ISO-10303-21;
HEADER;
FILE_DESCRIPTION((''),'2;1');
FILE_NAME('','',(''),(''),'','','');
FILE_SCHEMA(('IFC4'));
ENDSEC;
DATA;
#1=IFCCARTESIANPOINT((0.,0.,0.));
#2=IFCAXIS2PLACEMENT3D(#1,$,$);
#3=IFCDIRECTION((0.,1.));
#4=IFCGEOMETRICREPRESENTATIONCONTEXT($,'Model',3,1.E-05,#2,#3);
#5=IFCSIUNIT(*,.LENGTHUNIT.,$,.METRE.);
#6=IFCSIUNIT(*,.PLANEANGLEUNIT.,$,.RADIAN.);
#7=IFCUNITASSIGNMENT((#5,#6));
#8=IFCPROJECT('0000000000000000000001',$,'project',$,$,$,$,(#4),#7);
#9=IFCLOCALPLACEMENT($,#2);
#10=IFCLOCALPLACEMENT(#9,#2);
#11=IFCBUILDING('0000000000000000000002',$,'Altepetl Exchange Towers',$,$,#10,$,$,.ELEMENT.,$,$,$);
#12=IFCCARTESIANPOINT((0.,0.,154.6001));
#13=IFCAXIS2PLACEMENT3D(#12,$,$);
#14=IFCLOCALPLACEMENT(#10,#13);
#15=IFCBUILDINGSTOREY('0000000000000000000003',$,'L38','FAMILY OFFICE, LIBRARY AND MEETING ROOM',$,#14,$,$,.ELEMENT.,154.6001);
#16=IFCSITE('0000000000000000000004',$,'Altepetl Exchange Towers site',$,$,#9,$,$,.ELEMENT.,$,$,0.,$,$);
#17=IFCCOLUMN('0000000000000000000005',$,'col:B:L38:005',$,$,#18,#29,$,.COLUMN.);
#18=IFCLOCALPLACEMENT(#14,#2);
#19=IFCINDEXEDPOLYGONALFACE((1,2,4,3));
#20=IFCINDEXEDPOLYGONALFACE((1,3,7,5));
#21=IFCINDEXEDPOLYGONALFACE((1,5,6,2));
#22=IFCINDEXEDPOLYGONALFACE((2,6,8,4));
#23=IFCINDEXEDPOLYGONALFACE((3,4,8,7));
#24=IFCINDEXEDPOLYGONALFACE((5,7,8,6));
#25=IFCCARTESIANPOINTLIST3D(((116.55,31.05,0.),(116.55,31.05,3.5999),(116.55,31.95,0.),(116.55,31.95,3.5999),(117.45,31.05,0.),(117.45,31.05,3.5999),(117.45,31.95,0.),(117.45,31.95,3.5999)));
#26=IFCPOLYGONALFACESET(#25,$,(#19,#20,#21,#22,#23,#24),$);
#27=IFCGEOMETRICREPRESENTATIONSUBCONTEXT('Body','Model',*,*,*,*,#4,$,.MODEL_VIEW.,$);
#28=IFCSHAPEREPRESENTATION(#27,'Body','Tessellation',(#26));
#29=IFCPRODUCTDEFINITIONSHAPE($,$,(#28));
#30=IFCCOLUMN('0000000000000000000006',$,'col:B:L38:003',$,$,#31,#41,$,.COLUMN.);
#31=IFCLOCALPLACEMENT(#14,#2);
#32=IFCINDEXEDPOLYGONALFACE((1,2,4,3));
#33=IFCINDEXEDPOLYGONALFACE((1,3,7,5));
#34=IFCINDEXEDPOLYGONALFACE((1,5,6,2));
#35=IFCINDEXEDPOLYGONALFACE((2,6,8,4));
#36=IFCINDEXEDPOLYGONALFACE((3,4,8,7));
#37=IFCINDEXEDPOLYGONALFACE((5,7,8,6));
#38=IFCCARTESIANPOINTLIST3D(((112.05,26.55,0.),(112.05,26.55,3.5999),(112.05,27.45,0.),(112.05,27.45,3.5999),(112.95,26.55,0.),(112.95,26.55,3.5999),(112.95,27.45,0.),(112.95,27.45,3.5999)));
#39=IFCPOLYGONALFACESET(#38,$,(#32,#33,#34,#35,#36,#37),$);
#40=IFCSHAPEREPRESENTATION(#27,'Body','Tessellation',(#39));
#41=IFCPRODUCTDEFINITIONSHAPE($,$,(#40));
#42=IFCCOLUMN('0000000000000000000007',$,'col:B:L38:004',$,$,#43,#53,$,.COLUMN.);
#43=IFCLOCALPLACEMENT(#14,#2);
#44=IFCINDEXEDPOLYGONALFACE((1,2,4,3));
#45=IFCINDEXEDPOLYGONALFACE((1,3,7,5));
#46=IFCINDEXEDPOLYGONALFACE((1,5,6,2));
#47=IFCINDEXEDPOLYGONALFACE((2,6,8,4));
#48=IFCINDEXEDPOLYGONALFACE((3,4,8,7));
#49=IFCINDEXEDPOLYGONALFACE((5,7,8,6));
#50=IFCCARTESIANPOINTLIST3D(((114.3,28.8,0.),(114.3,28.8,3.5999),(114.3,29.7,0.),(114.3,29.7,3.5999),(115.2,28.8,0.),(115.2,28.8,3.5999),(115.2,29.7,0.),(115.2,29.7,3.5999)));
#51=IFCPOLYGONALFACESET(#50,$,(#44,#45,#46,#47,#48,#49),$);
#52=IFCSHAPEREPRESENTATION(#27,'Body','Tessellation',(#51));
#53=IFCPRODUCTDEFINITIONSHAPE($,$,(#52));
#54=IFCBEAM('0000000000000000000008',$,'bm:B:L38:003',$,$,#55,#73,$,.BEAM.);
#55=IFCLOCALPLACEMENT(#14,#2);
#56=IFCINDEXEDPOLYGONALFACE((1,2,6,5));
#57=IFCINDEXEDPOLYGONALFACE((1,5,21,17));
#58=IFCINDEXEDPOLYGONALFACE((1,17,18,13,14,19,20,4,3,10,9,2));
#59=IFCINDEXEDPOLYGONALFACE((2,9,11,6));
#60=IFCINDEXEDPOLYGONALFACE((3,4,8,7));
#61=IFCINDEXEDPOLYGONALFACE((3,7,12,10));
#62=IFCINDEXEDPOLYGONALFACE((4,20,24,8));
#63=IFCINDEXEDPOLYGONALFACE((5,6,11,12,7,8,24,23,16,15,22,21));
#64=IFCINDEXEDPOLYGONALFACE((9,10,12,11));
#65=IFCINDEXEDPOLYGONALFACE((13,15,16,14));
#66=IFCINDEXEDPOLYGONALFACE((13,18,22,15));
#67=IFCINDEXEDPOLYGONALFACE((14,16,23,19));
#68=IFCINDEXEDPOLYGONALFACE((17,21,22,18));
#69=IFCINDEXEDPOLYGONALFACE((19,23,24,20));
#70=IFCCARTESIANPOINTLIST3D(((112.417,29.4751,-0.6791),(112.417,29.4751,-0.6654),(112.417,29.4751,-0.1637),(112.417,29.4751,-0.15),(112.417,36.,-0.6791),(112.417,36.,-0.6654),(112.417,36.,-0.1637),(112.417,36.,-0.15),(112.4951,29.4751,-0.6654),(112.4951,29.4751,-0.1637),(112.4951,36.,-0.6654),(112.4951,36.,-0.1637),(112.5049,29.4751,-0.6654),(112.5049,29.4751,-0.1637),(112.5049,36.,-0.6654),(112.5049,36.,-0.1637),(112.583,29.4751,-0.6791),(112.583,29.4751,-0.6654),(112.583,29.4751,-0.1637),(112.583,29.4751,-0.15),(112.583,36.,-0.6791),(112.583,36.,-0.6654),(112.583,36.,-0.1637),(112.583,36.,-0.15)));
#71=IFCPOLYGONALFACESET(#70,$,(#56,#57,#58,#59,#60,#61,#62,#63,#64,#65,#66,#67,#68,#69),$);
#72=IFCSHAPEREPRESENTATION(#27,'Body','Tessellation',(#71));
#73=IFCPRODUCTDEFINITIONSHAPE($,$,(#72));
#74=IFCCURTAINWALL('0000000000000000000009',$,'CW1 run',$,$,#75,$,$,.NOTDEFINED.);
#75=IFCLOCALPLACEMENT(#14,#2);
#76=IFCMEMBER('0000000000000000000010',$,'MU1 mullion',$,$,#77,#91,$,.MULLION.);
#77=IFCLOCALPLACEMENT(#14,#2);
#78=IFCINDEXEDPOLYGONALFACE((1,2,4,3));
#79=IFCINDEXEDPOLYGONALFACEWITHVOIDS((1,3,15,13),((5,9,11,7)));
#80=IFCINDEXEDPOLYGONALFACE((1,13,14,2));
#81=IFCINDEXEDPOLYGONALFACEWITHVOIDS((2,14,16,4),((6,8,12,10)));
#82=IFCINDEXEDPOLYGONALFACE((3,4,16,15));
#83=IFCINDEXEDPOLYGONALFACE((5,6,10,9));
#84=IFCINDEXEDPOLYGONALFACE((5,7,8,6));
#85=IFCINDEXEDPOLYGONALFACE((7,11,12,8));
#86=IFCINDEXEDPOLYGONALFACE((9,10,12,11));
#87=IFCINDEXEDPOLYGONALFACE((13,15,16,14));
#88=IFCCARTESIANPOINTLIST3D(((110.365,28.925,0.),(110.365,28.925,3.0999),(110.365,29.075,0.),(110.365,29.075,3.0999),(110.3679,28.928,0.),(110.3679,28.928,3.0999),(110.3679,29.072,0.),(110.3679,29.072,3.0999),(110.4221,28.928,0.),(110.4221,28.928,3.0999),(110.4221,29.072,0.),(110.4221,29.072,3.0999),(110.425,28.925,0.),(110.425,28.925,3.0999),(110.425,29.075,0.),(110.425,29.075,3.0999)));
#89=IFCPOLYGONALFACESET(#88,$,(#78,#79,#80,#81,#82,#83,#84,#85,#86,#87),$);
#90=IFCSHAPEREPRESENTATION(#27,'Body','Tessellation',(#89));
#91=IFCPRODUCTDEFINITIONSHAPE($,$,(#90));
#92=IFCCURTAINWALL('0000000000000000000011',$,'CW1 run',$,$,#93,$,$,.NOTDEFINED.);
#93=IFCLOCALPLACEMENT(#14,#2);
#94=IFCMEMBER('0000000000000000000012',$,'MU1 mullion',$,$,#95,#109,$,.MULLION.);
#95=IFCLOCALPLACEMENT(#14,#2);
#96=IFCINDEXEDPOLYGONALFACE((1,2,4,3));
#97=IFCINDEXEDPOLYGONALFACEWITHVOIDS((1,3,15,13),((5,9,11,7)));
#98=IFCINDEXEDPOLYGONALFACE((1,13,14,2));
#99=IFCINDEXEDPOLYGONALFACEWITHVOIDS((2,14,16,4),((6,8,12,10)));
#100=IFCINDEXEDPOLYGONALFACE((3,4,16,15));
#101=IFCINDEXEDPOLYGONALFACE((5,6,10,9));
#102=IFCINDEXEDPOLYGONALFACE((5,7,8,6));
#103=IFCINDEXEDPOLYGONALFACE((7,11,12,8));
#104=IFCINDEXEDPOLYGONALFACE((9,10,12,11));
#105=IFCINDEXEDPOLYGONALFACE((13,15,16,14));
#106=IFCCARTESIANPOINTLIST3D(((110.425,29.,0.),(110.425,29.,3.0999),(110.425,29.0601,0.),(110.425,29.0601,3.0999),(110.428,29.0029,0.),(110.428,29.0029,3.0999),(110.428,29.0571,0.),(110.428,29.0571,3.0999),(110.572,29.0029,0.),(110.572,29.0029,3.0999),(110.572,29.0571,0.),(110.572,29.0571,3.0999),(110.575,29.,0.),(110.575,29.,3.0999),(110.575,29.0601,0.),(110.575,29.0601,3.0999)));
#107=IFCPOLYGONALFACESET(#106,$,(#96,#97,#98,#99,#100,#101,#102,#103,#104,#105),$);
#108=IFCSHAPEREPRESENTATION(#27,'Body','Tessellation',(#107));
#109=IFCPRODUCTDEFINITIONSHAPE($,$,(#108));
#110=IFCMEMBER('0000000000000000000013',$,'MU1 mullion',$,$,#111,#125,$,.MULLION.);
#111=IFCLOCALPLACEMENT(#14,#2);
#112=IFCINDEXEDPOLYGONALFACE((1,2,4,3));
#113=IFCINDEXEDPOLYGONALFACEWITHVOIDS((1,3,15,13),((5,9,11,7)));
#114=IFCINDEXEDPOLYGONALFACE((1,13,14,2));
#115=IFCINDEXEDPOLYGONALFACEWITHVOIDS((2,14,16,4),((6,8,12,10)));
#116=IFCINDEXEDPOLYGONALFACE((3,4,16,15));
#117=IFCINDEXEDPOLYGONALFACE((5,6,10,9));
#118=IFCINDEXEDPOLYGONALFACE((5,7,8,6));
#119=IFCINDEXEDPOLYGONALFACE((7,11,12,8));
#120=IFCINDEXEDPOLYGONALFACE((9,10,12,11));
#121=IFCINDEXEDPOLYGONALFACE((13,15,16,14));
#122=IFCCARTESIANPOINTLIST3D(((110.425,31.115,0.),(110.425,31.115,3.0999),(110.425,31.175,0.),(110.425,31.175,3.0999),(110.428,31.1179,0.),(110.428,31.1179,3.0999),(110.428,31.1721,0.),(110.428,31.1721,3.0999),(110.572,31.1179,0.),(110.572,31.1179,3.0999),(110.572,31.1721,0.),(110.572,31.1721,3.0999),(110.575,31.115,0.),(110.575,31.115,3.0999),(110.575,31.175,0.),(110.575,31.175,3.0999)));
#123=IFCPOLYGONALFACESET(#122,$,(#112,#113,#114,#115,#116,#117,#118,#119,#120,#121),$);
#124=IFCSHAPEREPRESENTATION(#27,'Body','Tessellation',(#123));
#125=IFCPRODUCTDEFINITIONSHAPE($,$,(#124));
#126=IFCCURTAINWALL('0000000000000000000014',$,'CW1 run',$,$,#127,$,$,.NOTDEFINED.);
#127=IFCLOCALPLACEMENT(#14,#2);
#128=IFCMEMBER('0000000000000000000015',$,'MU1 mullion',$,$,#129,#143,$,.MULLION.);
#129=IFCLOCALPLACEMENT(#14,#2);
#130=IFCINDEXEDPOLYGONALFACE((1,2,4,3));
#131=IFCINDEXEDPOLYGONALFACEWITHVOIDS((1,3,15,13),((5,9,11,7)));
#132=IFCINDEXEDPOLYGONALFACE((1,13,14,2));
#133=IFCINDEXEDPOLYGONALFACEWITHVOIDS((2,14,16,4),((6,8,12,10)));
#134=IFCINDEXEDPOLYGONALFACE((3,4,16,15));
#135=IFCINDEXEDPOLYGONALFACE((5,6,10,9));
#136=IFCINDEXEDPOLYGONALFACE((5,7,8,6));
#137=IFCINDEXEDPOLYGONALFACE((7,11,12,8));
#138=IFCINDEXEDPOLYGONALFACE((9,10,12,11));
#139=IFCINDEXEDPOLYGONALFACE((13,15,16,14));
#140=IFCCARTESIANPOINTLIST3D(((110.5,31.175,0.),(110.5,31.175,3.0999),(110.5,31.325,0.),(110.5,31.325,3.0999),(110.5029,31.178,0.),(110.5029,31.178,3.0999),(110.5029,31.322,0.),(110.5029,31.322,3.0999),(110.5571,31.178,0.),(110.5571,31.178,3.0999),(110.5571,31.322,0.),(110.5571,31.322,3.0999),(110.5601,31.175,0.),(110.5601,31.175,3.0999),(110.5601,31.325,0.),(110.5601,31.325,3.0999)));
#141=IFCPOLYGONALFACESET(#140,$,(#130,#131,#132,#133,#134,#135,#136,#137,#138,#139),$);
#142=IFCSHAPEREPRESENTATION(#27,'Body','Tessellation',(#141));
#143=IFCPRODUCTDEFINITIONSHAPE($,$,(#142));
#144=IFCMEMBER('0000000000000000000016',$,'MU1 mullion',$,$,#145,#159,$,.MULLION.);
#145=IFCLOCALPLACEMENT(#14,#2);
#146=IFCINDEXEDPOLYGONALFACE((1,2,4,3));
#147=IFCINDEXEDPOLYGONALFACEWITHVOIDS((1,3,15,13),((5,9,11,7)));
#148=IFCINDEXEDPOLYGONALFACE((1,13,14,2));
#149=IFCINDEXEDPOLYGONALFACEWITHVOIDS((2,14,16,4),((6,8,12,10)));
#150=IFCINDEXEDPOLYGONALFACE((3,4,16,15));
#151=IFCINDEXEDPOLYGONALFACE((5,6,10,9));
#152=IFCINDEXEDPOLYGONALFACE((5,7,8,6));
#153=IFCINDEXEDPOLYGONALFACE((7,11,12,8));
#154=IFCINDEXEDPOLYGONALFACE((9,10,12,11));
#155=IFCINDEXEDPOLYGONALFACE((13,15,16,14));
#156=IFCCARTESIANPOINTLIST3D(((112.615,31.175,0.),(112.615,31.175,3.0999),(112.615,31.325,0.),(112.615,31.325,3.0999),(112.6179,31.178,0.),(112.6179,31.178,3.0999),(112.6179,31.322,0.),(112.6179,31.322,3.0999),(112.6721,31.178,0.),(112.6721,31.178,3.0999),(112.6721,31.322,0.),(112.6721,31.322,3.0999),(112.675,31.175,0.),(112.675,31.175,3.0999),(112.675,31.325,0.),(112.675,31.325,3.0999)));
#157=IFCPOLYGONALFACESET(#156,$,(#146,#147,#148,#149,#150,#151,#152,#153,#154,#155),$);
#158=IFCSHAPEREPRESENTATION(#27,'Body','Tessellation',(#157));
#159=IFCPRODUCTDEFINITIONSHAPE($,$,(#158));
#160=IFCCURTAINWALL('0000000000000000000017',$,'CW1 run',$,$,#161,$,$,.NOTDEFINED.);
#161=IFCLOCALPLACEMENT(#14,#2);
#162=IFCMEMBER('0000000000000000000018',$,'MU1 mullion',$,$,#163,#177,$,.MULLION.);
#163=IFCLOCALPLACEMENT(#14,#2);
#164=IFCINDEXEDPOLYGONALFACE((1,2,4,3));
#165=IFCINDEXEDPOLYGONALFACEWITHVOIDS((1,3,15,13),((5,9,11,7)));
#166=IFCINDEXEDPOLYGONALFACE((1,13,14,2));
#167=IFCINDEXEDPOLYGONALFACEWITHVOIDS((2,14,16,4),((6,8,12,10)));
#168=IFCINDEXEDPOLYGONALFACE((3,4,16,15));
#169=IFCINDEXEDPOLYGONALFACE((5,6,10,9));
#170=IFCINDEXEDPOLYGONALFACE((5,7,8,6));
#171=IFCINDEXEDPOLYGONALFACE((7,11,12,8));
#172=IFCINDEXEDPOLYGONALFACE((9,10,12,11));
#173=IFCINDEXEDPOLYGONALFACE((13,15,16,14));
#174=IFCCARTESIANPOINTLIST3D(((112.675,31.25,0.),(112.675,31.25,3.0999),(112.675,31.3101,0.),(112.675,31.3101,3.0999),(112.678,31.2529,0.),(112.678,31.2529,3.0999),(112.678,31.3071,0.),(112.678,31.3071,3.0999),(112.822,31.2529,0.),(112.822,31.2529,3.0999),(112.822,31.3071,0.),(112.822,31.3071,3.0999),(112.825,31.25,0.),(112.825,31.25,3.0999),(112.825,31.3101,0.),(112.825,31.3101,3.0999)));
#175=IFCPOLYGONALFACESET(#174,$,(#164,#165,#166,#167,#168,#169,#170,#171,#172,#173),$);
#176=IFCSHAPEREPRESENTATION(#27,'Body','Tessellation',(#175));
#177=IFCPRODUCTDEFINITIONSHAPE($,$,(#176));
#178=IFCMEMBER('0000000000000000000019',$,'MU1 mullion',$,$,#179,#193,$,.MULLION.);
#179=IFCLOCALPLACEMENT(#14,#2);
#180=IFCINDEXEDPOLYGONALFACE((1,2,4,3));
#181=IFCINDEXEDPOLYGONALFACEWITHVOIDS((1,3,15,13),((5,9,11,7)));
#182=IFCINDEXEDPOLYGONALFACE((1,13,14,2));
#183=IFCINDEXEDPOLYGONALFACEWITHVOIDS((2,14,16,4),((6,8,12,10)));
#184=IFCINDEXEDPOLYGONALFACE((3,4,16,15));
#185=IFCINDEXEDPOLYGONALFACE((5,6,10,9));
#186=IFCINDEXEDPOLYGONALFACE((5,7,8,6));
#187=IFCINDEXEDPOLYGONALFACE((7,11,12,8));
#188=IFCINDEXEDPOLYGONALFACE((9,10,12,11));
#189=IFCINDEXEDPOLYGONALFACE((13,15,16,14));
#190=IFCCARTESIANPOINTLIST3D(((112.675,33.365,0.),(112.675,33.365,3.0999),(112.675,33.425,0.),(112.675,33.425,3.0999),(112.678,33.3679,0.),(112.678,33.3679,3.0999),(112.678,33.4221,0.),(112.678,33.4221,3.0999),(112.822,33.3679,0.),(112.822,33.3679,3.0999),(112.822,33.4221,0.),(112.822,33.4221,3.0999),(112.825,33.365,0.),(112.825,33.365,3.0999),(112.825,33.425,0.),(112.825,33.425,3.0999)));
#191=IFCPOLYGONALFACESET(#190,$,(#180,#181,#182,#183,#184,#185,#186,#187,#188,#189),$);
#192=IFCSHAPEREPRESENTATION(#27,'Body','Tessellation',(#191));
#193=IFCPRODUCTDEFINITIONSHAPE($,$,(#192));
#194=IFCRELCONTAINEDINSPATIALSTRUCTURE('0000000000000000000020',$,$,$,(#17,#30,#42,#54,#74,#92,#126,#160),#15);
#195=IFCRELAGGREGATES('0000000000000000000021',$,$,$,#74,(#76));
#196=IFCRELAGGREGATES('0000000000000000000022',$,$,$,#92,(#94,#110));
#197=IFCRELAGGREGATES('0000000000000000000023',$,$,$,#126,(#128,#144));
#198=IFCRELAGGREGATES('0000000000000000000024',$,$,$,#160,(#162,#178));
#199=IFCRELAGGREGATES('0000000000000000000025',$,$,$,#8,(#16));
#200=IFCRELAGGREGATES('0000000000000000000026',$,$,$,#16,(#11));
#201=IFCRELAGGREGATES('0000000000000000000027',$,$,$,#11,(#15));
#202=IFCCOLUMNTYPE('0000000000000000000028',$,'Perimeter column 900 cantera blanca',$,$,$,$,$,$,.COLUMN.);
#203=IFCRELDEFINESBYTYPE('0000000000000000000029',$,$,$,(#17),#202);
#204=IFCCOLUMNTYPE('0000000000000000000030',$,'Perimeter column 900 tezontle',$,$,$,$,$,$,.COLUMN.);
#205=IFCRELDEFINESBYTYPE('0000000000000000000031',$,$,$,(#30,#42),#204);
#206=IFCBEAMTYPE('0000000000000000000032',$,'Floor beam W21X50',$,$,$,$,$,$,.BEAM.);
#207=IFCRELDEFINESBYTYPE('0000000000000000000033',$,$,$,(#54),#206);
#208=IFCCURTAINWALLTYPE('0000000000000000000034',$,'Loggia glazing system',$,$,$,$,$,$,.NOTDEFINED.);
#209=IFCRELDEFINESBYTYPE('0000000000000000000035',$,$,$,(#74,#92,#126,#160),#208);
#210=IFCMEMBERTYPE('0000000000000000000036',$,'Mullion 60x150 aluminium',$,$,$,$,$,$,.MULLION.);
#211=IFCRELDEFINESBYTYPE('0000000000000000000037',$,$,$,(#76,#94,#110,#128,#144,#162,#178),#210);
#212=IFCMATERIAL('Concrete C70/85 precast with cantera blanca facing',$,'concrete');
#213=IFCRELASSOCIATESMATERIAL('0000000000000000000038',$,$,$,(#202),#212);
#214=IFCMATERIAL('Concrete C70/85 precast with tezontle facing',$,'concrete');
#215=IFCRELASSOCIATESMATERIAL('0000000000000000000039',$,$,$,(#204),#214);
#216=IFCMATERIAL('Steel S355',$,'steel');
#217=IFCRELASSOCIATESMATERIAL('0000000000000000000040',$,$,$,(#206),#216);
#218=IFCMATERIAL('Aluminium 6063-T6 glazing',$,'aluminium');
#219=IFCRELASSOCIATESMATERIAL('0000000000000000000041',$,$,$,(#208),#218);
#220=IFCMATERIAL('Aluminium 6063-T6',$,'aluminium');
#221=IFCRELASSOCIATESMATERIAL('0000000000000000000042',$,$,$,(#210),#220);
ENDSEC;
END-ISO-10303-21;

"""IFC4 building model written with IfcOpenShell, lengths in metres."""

from ifc_helpers import new_model, si_unit, direction, frame, origin, origin_2d, place, context, subcontext, project, spatial, rectangle, hollow_rectangle, i_section, extrude, material, material_profile, profile_set, type_object, element, aggregate, save


model = new_model("IFC4")

# Units and contexts
model_context = context("Model", 3, precision=1e-05, world=origin(), true_north=direction((0.0, 1.0)))
body_context = subcontext(model_context, "Body", "Model", "MODEL_VIEW")
ifc_project = project(units=[si_unit("LENGTHUNIT", "METRE"), si_unit("PLANEANGLEUNIT", "RADIAN")], contexts=[model_context])

# Site, building, storey
site_placement = place(None, origin())
site = spatial("IfcSite", under=ifc_project, at=site_placement, Name="Altepetl Exchange Towers site", CompositionType="ELEMENT", RefElevation=0.0)
building_placement = place(site_placement, origin())
building = spatial("IfcBuilding", under=site, at=building_placement, Name="Altepetl Exchange Towers", CompositionType="ELEMENT")
storey_placement = place(building_placement, frame((0.0, 0.0, 154.6001)))
storey = spatial("IfcBuildingStorey", under=building, at=storey_placement, Name="L38", Description="FAMILY OFFICE, LIBRARY AND MEETING ROOM", CompositionType="ELEMENT", Elevation=154.6001)

# Columns
ifc_material_1 = material(Name="Concrete C70/85 precast with cantera blanca facing", Category="concrete")
ifc_material_profile_1 = material_profile(ifc_material_1, rectangle(XDim=0.8999, YDim=0.8999, at=origin_2d()), Name="900 x 900")
ifc_profile_set_1 = profile_set([ifc_material_profile_1], Name="Concrete C70/85 precast with cantera blanca facing")
column_type_1 = type_object("IfcColumnType", Name="Perimeter column 900 cantera blanca", PredefinedType="COLUMN", material=ifc_profile_set_1)
column_placement = place(storey_placement, frame((117.0, 31.5, 0.0)))
element("IfcColumn", 1, at=column_placement, inside=storey, type_object=column_type_1, Name="col:B:L38:005", PredefinedType="COLUMN", context=body_context, shape_type="SweptSolid", body=[
    extrude(rectangle(XDim=0.8999, YDim=0.8999, at=origin_2d()), origin(), (0.0, 0.0, 1.0), 3.5999),
])
ifc_material_2 = material(Name="Concrete C70/85 precast with tezontle facing", Category="concrete")
ifc_material_profile_2 = material_profile(ifc_material_2, rectangle(XDim=0.8999, YDim=0.8999, at=origin_2d()), Name="900 x 900")
ifc_profile_set_2 = profile_set([ifc_material_profile_2], Name="Concrete C70/85 precast with tezontle facing")
column_type_2 = type_object("IfcColumnType", Name="Perimeter column 900 tezontle", PredefinedType="COLUMN", material=ifc_profile_set_2)
for number, where, name in (
    (2, (112.5, 27.0, 0.0), "col:B:L38:003"),
    (3, (114.75, 29.25, 0.0), "col:B:L38:004"),
):
    element("IfcColumn", number, at=place(storey_placement, frame(where)), inside=storey, type_object=column_type_2, Name=name, PredefinedType="COLUMN", context=body_context, shape_type="SweptSolid", body=[
        extrude(rectangle(XDim=0.8999, YDim=0.8999, at=origin_2d()), origin(), (0.0, 0.0, 1.0), 3.5999),
    ])

# Beam
ifc_material_3 = material(Name="Steel S355", Category="steel")
ifc_material_profile_3 = material_profile(ifc_material_3, i_section(OverallWidth=0.166, OverallDepth=0.5291, WebThickness=0.0098, FlangeThickness=0.0137, at=origin_2d()), Name="W21X50")
ifc_profile_set_3 = profile_set([ifc_material_profile_3], Name="Steel S355")
beam_type_1 = type_object("IfcBeamType", Name="Floor beam W21X50", PredefinedType="BEAM", material=ifc_profile_set_3)
beam_1_placement = place(storey_placement, frame((112.5, 29.4751, -0.4146), z_axis=(0.0, 1.0, 0.0), x_axis=(-1.0, 0.0, 0.0)))
element("IfcBeam", 4, at=beam_1_placement, inside=storey, type_object=beam_type_1, Name="bm:B:L38:003", PredefinedType="BEAM", context=body_context, shape_type="SweptSolid", body=[
    extrude(i_section(OverallWidth=0.166, OverallDepth=0.5291, WebThickness=0.0098, FlangeThickness=0.0137, at=origin_2d()), origin(), (0.0, 0.0, 1.0), 6.5249),
])

# Curtain wall, member
ifc_material_4 = material(Name="Aluminium 6063-T6 glazing", Category="aluminium")
curtain_wall_type = type_object("IfcCurtainWallType", Name="Loggia glazing system", PredefinedType="NOTDEFINED", material=ifc_material_4)
curtain_wall_1_placement = place(storey_placement, origin())
curtain_wall_1 = element("IfcCurtainWall", 5, at=curtain_wall_1_placement, inside=storey, type_object=curtain_wall_type, Name="CW1 run", PredefinedType="NOTDEFINED")
ifc_material_5 = material(Name="Aluminium 6063-T6", Category="aluminium")
ifc_material_profile_4 = material_profile(ifc_material_5, hollow_rectangle(XDim=0.0601, YDim=0.1499, WallThickness=0.0029, at=origin_2d()), Name="Mullion 60x150 aluminium")
ifc_profile_set_4 = profile_set([ifc_material_profile_4], Name="Aluminium 6063-T6")
member_type = type_object("IfcMemberType", Name="Mullion 60x150 aluminium", PredefinedType="MULLION", material=ifc_profile_set_4)
member_1_placement = place(storey_placement, frame((110.395, 29.0, 0.0)))
member_1 = element("IfcMember", 6, at=member_1_placement, type_object=member_type, Name="MU1 mullion", PredefinedType="MULLION", context=body_context, shape_type="SweptSolid", body=[
    extrude(hollow_rectangle(XDim=0.0601, YDim=0.1499, WallThickness=0.0029, at=origin_2d()), origin(), (0.0, 0.0, 1.0), 3.0999),
])

# Curtain walls, members
curtain_wall_2_placement = place(storey_placement, origin())
curtain_wall_2 = element("IfcCurtainWall", 7, at=curtain_wall_2_placement, inside=storey, type_object=curtain_wall_type, Name="CW1 run", PredefinedType="NOTDEFINED")
member_2_placement = place(storey_placement, frame((110.5, 29.03, 0.0), z_axis=(0.0, 0.0, 1.0), x_axis=(0.0, 1.0, 0.0)))
member_2 = element("IfcMember", 8, at=member_2_placement, type_object=member_type, Name="MU1 mullion", PredefinedType="MULLION", context=body_context, shape_type="SweptSolid", body=[
    extrude(hollow_rectangle(XDim=0.0601, YDim=0.1499, WallThickness=0.0029, at=origin_2d()), origin(), (0.0, 0.0, 1.0), 3.0999),
])
member_3_placement = place(storey_placement, frame((110.5, 31.145, 0.0), z_axis=(0.0, 0.0, 1.0), x_axis=(0.0, 1.0, 0.0)))
member_3 = element("IfcMember", 9, at=member_3_placement, type_object=member_type, Name="MU1 mullion", PredefinedType="MULLION", context=body_context, shape_type="SweptSolid", body=[
    extrude(hollow_rectangle(XDim=0.0601, YDim=0.1499, WallThickness=0.0029, at=origin_2d()), origin(), (0.0, 0.0, 1.0), 3.0999),
])
curtain_wall_3_placement = place(storey_placement, origin())
curtain_wall_3 = element("IfcCurtainWall", 10, at=curtain_wall_3_placement, inside=storey, type_object=curtain_wall_type, Name="CW1 run", PredefinedType="NOTDEFINED")
member_4_placement = place(storey_placement, frame((110.53, 31.25, 0.0)))
member_4 = element("IfcMember", 11, at=member_4_placement, type_object=member_type, Name="MU1 mullion", PredefinedType="MULLION", context=body_context, shape_type="SweptSolid", body=[
    extrude(hollow_rectangle(XDim=0.0601, YDim=0.1499, WallThickness=0.0029, at=origin_2d()), origin(), (0.0, 0.0, 1.0), 3.0999),
])
member_5_placement = place(storey_placement, frame((112.645, 31.25, 0.0)))
member_5 = element("IfcMember", 12, at=member_5_placement, type_object=member_type, Name="MU1 mullion", PredefinedType="MULLION", context=body_context, shape_type="SweptSolid", body=[
    extrude(hollow_rectangle(XDim=0.0601, YDim=0.1499, WallThickness=0.0029, at=origin_2d()), origin(), (0.0, 0.0, 1.0), 3.0999),
])
curtain_wall_4_placement = place(storey_placement, origin())
curtain_wall_4 = element("IfcCurtainWall", 13, at=curtain_wall_4_placement, inside=storey, type_object=curtain_wall_type, Name="CW1 run", PredefinedType="NOTDEFINED")
member_6_placement = place(storey_placement, frame((112.75, 31.28, 0.0), z_axis=(0.0, 0.0, 1.0), x_axis=(0.0, 1.0, 0.0)))
member_6 = element("IfcMember", 14, at=member_6_placement, type_object=member_type, Name="MU1 mullion", PredefinedType="MULLION", context=body_context, shape_type="SweptSolid", body=[
    extrude(hollow_rectangle(XDim=0.0601, YDim=0.1499, WallThickness=0.0029, at=origin_2d()), origin(), (0.0, 0.0, 1.0), 3.0999),
])
member_7_placement = place(storey_placement, frame((112.75, 33.395, 0.0), z_axis=(0.0, 0.0, 1.0), x_axis=(0.0, 1.0, 0.0)))
member_7 = element("IfcMember", 15, at=member_7_placement, type_object=member_type, Name="MU1 mullion", PredefinedType="MULLION", context=body_context, shape_type="SweptSolid", body=[
    extrude(hollow_rectangle(XDim=0.0601, YDim=0.1499, WallThickness=0.0029, at=origin_2d()), origin(), (0.0, 0.0, 1.0), 3.0999),
])

aggregate(curtain_wall_1, [member_1])
aggregate(curtain_wall_2, [member_2, member_3])
aggregate(curtain_wall_3, [member_4, member_5])
aggregate(curtain_wall_4, [member_6, member_7])

save(model, "model.ifc")
